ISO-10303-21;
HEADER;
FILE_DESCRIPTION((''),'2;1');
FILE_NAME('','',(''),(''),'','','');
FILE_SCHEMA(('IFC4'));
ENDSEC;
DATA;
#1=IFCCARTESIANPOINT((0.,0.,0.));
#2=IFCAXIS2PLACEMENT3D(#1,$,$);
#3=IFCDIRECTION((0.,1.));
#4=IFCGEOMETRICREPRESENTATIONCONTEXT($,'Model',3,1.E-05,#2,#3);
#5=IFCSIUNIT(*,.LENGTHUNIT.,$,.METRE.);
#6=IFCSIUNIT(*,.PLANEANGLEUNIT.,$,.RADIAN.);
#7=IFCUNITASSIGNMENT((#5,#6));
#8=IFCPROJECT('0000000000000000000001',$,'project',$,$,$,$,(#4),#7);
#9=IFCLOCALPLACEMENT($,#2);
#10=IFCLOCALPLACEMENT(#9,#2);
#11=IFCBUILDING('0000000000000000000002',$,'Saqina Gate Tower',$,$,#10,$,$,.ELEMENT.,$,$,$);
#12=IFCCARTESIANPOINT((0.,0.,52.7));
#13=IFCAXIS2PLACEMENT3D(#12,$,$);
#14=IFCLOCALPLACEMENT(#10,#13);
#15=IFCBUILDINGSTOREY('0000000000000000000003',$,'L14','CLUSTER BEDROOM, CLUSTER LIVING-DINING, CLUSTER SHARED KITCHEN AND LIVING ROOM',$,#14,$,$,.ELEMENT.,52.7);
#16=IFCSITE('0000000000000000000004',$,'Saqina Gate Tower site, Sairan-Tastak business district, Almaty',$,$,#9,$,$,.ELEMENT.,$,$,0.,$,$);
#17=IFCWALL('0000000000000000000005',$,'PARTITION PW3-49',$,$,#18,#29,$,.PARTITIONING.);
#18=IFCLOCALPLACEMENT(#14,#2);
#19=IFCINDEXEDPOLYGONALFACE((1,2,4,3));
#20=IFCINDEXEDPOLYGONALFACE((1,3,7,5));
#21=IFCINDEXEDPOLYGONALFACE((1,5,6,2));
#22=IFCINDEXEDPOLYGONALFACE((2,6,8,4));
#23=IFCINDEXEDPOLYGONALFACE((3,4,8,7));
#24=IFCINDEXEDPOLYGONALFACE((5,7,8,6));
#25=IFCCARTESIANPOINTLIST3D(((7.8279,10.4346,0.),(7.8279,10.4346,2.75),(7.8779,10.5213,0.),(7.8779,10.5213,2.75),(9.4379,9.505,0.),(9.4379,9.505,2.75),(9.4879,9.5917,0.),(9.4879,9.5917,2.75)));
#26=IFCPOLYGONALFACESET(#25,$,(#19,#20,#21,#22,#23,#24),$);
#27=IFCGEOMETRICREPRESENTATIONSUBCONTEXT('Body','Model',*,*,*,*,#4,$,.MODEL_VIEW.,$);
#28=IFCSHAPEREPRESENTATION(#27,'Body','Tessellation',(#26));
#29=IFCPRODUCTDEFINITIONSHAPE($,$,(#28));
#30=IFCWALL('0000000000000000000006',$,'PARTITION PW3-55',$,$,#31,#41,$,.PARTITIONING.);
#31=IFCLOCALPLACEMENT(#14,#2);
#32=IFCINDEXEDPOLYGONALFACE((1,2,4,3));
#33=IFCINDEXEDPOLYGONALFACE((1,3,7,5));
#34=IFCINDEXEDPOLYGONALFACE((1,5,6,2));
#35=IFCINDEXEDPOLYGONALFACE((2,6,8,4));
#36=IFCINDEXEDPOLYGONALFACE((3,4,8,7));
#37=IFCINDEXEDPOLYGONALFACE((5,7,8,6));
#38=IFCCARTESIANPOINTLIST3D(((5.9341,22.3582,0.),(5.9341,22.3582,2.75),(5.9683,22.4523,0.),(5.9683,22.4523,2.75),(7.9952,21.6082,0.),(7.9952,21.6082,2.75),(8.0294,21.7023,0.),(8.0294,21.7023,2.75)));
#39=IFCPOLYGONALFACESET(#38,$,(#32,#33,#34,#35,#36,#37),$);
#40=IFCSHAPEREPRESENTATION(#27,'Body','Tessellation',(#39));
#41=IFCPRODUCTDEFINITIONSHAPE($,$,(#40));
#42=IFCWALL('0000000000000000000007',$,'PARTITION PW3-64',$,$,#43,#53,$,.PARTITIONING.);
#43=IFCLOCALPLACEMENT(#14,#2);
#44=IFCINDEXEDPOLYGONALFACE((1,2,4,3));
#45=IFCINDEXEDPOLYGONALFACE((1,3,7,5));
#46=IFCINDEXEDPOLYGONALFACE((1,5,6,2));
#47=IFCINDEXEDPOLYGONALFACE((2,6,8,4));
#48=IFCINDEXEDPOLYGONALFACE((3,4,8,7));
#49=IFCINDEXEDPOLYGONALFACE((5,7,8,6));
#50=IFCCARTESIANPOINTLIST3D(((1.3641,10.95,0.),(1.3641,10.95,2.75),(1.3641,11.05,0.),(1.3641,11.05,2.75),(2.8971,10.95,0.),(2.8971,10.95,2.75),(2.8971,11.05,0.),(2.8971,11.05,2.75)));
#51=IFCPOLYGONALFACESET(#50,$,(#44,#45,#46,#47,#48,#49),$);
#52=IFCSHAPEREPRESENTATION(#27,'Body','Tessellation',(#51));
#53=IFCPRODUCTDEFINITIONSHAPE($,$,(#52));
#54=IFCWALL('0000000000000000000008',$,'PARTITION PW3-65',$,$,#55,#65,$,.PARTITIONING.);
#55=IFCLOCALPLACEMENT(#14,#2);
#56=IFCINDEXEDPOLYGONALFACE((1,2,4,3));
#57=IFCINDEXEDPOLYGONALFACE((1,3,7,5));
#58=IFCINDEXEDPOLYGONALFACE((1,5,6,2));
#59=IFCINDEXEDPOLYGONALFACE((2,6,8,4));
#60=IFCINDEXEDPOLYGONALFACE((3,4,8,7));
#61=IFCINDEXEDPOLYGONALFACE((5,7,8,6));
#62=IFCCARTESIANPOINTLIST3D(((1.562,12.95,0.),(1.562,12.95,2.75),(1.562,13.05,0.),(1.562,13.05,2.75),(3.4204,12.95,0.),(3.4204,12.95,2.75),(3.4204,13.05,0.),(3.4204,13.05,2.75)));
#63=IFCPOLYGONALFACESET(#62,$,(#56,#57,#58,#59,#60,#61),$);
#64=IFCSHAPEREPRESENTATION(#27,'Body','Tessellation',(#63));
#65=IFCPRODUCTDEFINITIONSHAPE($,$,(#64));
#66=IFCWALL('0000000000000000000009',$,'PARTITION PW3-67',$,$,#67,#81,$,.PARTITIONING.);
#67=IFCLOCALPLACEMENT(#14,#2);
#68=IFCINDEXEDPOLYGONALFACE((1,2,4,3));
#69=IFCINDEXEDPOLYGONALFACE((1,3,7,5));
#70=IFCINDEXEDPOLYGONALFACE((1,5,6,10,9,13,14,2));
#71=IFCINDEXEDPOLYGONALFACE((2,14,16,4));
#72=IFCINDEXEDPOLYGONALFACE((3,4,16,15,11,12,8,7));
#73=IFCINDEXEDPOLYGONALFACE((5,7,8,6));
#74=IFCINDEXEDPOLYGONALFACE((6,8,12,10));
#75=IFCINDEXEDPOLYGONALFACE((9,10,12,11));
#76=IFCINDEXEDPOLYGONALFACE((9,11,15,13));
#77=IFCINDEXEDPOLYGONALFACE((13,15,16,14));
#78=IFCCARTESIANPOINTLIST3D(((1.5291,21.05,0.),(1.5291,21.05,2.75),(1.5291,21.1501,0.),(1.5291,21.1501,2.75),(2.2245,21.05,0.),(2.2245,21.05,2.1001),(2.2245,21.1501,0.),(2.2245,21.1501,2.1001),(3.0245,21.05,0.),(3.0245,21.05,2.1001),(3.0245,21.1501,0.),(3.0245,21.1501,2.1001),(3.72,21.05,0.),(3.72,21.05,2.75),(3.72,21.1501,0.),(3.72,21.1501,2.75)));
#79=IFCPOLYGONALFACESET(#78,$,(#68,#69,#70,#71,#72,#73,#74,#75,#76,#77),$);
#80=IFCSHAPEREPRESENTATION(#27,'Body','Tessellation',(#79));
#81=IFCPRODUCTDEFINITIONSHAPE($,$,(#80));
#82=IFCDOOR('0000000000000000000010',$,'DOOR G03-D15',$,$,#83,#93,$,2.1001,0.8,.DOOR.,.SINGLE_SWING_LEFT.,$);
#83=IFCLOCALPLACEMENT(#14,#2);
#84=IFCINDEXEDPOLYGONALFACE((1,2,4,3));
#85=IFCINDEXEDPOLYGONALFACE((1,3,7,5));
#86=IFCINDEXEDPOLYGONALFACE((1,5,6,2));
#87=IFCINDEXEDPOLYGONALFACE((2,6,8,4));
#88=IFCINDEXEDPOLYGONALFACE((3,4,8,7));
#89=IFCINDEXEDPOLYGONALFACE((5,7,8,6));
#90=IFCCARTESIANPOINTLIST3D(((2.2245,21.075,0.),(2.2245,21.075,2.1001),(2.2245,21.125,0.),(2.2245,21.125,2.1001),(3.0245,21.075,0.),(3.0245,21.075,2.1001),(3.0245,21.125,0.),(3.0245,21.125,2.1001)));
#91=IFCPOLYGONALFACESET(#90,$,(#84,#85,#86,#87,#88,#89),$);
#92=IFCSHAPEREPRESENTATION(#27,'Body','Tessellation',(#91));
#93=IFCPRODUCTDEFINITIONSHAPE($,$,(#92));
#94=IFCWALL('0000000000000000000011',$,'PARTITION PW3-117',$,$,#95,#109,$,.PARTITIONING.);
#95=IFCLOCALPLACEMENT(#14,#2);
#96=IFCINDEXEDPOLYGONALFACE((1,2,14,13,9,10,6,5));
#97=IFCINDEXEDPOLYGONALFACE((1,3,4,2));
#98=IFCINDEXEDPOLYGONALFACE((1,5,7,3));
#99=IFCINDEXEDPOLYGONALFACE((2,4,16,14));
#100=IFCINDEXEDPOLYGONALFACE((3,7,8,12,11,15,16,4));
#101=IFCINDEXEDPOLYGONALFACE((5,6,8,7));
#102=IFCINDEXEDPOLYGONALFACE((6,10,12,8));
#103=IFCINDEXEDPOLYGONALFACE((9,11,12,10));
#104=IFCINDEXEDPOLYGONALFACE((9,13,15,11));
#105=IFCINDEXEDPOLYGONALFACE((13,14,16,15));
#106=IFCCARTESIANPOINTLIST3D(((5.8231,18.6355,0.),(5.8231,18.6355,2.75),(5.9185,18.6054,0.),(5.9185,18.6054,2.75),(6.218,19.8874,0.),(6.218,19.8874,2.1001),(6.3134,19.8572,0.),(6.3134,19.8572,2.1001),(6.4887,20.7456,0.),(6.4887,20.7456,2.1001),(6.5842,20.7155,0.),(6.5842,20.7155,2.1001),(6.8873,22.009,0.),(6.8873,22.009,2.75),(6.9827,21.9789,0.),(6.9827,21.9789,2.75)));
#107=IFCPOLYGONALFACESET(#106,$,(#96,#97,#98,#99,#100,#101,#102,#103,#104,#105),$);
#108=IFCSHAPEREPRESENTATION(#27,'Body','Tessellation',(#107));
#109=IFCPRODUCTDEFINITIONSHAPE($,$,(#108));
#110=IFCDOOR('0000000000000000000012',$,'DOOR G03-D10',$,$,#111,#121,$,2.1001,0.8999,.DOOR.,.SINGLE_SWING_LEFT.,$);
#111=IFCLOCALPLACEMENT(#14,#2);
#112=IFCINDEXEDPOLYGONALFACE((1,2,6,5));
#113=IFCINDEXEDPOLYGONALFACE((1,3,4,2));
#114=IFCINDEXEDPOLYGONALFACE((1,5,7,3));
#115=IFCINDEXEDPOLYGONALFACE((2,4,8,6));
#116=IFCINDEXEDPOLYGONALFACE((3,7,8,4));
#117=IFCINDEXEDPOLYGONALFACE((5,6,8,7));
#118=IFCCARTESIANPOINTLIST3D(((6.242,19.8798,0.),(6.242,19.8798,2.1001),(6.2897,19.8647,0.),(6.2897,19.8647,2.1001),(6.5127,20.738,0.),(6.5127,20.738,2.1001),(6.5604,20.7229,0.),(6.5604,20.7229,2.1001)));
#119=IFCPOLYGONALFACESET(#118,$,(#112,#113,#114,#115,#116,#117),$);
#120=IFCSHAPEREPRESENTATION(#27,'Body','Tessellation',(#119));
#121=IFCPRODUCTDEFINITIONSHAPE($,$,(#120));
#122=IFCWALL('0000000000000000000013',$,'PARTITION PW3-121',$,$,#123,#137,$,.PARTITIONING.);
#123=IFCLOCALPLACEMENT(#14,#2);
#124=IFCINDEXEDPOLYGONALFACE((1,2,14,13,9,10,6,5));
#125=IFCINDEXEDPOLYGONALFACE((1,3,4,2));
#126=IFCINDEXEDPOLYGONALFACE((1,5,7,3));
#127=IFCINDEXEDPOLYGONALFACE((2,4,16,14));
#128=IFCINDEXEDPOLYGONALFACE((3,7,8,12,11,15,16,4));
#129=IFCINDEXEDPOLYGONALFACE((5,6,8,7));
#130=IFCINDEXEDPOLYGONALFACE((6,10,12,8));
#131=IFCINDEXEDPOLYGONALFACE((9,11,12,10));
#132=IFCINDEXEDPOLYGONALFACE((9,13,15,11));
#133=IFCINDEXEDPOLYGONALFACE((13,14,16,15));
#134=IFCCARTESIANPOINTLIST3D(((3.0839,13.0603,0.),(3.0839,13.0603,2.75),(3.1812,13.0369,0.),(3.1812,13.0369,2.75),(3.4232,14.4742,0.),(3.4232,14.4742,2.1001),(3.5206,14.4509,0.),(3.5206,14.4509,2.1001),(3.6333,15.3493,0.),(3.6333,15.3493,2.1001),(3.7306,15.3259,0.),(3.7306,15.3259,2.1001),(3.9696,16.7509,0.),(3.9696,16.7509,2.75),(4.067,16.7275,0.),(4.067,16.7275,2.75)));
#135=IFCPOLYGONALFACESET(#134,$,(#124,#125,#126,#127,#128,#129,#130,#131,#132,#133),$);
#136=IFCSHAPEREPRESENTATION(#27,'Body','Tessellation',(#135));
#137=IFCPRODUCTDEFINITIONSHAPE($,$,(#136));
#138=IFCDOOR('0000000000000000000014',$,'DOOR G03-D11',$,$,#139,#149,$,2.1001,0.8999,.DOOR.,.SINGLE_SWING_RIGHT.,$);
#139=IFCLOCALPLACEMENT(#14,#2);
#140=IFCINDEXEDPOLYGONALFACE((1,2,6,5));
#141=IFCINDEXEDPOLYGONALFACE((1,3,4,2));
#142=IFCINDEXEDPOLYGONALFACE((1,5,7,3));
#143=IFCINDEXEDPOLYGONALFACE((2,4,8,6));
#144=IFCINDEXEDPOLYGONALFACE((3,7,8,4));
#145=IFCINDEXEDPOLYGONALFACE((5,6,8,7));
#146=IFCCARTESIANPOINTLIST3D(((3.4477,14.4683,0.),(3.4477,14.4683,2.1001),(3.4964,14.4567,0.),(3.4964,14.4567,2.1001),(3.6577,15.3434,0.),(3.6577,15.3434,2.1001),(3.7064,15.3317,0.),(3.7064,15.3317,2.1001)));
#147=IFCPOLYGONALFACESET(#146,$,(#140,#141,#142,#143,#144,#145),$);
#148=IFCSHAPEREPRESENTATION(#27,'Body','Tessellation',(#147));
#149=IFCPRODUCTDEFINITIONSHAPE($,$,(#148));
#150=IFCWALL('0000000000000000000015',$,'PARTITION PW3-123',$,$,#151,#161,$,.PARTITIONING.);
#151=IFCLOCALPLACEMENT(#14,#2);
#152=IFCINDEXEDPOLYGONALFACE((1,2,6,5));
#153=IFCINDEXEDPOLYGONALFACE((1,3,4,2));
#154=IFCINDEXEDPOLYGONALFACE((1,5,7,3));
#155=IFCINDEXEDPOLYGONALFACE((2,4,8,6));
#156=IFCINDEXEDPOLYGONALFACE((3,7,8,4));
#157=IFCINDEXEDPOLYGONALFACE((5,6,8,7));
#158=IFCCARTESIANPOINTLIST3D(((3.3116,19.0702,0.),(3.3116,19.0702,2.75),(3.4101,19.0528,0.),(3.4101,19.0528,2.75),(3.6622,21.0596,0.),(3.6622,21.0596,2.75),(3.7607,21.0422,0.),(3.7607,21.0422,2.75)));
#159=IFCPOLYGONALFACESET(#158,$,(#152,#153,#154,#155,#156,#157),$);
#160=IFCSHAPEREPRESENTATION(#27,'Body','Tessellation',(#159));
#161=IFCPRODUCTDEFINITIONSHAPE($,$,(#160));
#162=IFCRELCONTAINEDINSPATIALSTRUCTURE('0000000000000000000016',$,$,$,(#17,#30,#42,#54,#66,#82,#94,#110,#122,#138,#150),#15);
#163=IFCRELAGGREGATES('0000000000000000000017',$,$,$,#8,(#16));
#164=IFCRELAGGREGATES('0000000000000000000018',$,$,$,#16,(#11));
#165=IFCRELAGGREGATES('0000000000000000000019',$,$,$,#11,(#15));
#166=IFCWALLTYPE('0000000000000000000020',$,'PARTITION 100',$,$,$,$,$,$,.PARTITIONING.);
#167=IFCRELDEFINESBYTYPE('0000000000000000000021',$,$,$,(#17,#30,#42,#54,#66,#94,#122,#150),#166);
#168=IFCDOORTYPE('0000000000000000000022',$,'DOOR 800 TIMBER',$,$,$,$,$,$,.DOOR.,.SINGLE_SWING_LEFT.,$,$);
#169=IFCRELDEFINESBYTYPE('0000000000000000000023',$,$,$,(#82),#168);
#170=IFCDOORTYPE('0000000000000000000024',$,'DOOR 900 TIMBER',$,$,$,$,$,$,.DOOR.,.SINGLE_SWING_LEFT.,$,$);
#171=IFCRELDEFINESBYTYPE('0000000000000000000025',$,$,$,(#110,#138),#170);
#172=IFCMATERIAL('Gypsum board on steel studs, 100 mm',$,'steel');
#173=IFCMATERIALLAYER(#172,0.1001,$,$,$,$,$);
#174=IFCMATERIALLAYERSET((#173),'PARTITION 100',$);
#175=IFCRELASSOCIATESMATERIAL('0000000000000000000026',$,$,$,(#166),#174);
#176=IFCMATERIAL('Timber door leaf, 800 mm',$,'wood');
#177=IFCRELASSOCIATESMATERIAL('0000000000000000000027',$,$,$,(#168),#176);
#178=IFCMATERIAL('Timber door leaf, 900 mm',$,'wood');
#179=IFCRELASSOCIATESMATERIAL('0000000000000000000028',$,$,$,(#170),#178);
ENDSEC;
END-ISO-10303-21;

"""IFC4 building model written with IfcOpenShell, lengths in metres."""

from ifc_helpers import new_model, si_unit, direction, frame, frame_2d, origin, place, context, subcontext, project, spatial, rectangle, extrude, material, layer, layer_set, type_object, element, fill, save


model = new_model("IFC4")

# Units and contexts
model_context = context("Model", 3, precision=1e-05, world=origin(), true_north=direction((0.0, 1.0)))
body_context = subcontext(model_context, "Body", "Model", "MODEL_VIEW")
ifc_project = project(units=[si_unit("LENGTHUNIT", "METRE"), si_unit("PLANEANGLEUNIT", "RADIAN")], contexts=[model_context])

# Site, building, storey
site_placement = place(None, origin())
site = spatial("IfcSite", under=ifc_project, at=site_placement, Name="Saqina Gate Tower site, Sairan-Tastak business district, Almaty", CompositionType="ELEMENT", RefElevation=0.0)
building_placement = place(site_placement, origin())
building = spatial("IfcBuilding", under=site, at=building_placement, Name="Saqina Gate Tower", CompositionType="ELEMENT")
storey_placement = place(building_placement, frame((0.0, 0.0, 52.7)))
storey = spatial("IfcBuildingStorey", under=building, at=storey_placement, Name="L14", Description="CLUSTER BEDROOM, CLUSTER LIVING-DINING, CLUSTER SHARED KITCHEN AND LIVING ROOM", CompositionType="ELEMENT", Elevation=52.7)

# Walls
ifc_material_1 = material(Name="Gypsum board on steel studs, 100 mm", Category="steel")
ifc_layer_1 = layer(ifc_material_1, 0.1001)
ifc_layer_set_1 = layer_set([ifc_layer_1], Name="PARTITION 100")
wall_type_1 = type_object("IfcWallType", Name="PARTITION 100", PredefinedType="PARTITIONING", material=ifc_layer_set_1)
wall_1_placement = place(storey_placement, frame((7.8528, 10.478, 0.0), z_axis=(0.0, 0.0, 1.0), x_axis=(0.866004, -0.500037, 0.0)))
element("IfcWall", 1, at=wall_1_placement, inside=storey, type_object=wall_type_1, Name="PARTITION PW3-49", PredefinedType="PARTITIONING", context=body_context, shape_type="SweptSolid", body=[
    extrude(rectangle(XDim=1.8591, YDim=0.1001, at=frame_2d((0.9297, 0.0))), origin(), (0.0, 0.0, 1.0), 2.75),
])
wall_2_placement = place(storey_placement, frame((5.9512, 22.4053, 0.0), z_axis=(0.0, 0.0, 1.0), x_axis=(0.939715, -0.341958, 0.0)))
element("IfcWall", 2, at=wall_2_placement, inside=storey, type_object=wall_type_1, Name="PARTITION PW3-55", PredefinedType="PARTITIONING", context=body_context, shape_type="SweptSolid", body=[
    extrude(rectangle(XDim=2.1934, YDim=0.1001, at=frame_2d((1.0967, 0.0))), origin(), (0.0, 0.0, 1.0), 2.75),
])
wall_3_placement = place(storey_placement, frame((1.364, 11.0, 0.0), z_axis=(0.0, 0.0, 1.0), x_axis=(1.0, 0.0, 0.0)))
element("IfcWall", 3, at=wall_3_placement, inside=storey, type_object=wall_type_1, Name="PARTITION PW3-64", PredefinedType="PARTITIONING", context=body_context, shape_type="SweptSolid", body=[
    extrude(rectangle(XDim=1.533, YDim=0.1001, at=frame_2d((0.7666, 0.0))), origin(), (0.0, 0.0, 1.0), 2.75),
])
wall_4_placement = place(storey_placement, frame((1.562, 13.0, 0.0), z_axis=(0.0, 0.0, 1.0), x_axis=(1.0, 0.0, 0.0)))
element("IfcWall", 4, at=wall_4_placement, inside=storey, type_object=wall_type_1, Name="PARTITION PW3-65", PredefinedType="PARTITIONING", context=body_context, shape_type="SweptSolid", body=[
    extrude(rectangle(XDim=1.8584, YDim=0.1001, at=frame_2d((0.9292, 0.0))), origin(), (0.0, 0.0, 1.0), 2.75),
])

# Walls, openings, doors
wall_5_placement = place(storey_placement, frame((1.5291, 21.1001, 0.0), z_axis=(0.0, 0.0, 1.0), x_axis=(1.0, 0.0, 0.0)))
wall_5 = element("IfcWall", 5, at=wall_5_placement, inside=storey, type_object=wall_type_1, Name="PARTITION PW3-67", PredefinedType="PARTITIONING", context=body_context, shape_type="SweptSolid", body=[
    extrude(rectangle(XDim=2.1909, YDim=0.1001, at=frame_2d((1.0955, 0.0))), origin(), (0.0, 0.0, 1.0), 2.75),
])
opening_1_placement = place(wall_5_placement, frame((0.6956, 0.0, 0.0)))
opening_1 = element("IfcOpeningElement", 6, at=opening_1_placement, cuts=wall_5, PredefinedType="OPENING", context=body_context, shape_type="SweptSolid", body=[
    extrude(rectangle(XDim=0.8, YDim=2.1001, at=frame_2d((0.3999, 1.05))), frame((0.0, 0.062, 0.0), z_axis=(0.0, -1.0, 0.0), x_axis=(1.0, 0.0, 0.0)), (0.0, 0.0, 1.0), 0.124),
])
ifc_material_2 = material(Name="Timber door leaf, 800 mm", Category="wood")
door_type_1 = type_object("IfcDoorType", Name="DOOR 800 TIMBER", OperationType="SINGLE_SWING_LEFT", PredefinedType="DOOR", material=ifc_material_2)
door_1_placement = place(opening_1_placement, origin())
door_1 = element("IfcDoor", 7, at=door_1_placement, inside=storey, type_object=door_type_1, Name="DOOR G03-D15", OperationType="SINGLE_SWING_LEFT", OverallHeight=2.1001, OverallWidth=0.8, PredefinedType="DOOR", context=body_context, shape_type="SweptSolid", body=[
    extrude(rectangle(XDim=0.8, YDim=2.1001, at=frame_2d((0.3999, 1.05))), frame((0.0, 0.0249, 0.0), z_axis=(0.0, -1.0, 0.0), x_axis=(1.0, 0.0, 0.0)), (0.0, 0.0, 1.0), 0.05),
])
fill(opening_1, door_1)
wall_6_placement = place(storey_placement, frame((5.8708, 18.6206, 0.0), z_axis=(0.0, 0.0, 1.0), x_axis=(0.300844, 0.953673, 0.0)))
wall_6 = element("IfcWall", 8, at=wall_6_placement, inside=storey, type_object=wall_type_1, Name="PARTITION PW3-117", PredefinedType="PARTITIONING", context=body_context, shape_type="SweptSolid", body=[
    extrude(rectangle(XDim=3.5374, YDim=0.1001, at=frame_2d((1.7686, 0.0))), origin(), (0.0, 0.0, 1.0), 2.75),
])
opening_2_placement = place(wall_6_placement, frame((1.3125, 0.0, 0.0)))
opening_2 = element("IfcOpeningElement", 9, at=opening_2_placement, cuts=wall_6, PredefinedType="OPENING", context=body_context, shape_type="SweptSolid", body=[
    extrude(rectangle(XDim=0.8999, YDim=2.1001, at=frame_2d((0.45, 1.05))), frame((0.0, 0.062, 0.0), z_axis=(0.0, -1.0, 0.0), x_axis=(1.0, 0.0, 0.0)), (0.0, 0.0, 1.0), 0.124),
])
ifc_material_3 = material(Name="Timber door leaf, 900 mm", Category="wood")
door_type_2 = type_object("IfcDoorType", Name="DOOR 900 TIMBER", OperationType="SINGLE_SWING_LEFT", PredefinedType="DOOR", material=ifc_material_3)
door_2_placement = place(opening_2_placement, origin())
door_2 = element("IfcDoor", 10, at=door_2_placement, inside=storey, type_object=door_type_2, Name="DOOR G03-D10", OperationType="SINGLE_SWING_LEFT", OverallHeight=2.1001, OverallWidth=0.8999, PredefinedType="DOOR", context=body_context, shape_type="SweptSolid", body=[
    extrude(rectangle(XDim=0.8999, YDim=2.1001, at=frame_2d((0.45, 1.05))), frame((0.0, 0.0249, 0.0), z_axis=(0.0, -1.0, 0.0), x_axis=(1.0, 0.0, 0.0)), (0.0, 0.0, 1.0), 0.05),
])
fill(opening_2, door_2)
wall_7_placement = place(storey_placement, frame((3.1326, 13.0486, 0.0), z_axis=(0.0, 0.0, 1.0), x_axis=(0.233368, 0.972388, 0.0)))
wall_7 = element("IfcWall", 11, at=wall_7_placement, inside=storey, type_object=wall_type_1, Name="PARTITION PW3-121", PredefinedType="PARTITIONING", context=body_context, shape_type="SweptSolid", body=[
    extrude(rectangle(XDim=3.7954, YDim=0.1001, at=frame_2d((1.8977, 0.0))), origin(), (0.0, 0.0, 1.0), 2.75),
])
opening_3_placement = place(wall_7_placement, frame((1.4541, 0.0, 0.0)))
opening_3 = element("IfcOpeningElement", 12, at=opening_3_placement, cuts=wall_7, PredefinedType="OPENING", context=body_context, shape_type="SweptSolid", body=[
    extrude(rectangle(XDim=0.8999, YDim=2.1001, at=frame_2d((0.45, 1.05))), frame((0.0, 0.062, 0.0), z_axis=(0.0, -1.0, 0.0), x_axis=(1.0, 0.0, 0.0)), (0.0, 0.0, 1.0), 0.124),
])
door_3_placement = place(opening_3_placement, origin())
door_3 = element("IfcDoor", 13, at=door_3_placement, inside=storey, type_object=door_type_2, Name="DOOR G03-D11", OperationType="SINGLE_SWING_RIGHT", OverallHeight=2.1001, OverallWidth=0.8999, PredefinedType="DOOR", context=body_context, shape_type="SweptSolid", body=[
    extrude(rectangle(XDim=0.8999, YDim=2.1001, at=frame_2d((0.45, 1.05))), frame((0.0, 0.0249, 0.0), z_axis=(0.0, -1.0, 0.0), x_axis=(1.0, 0.0, 0.0)), (0.0, 0.0, 1.0), 0.05),
])
fill(opening_3, door_3)

# Wall
wall_8_placement = place(storey_placement, frame((3.3608, 19.0615, 0.0), z_axis=(0.0, 0.0, 1.0), x_axis=(0.173565, 0.984822, 0.0)))
element("IfcWall", 14, at=wall_8_placement, inside=storey, type_object=wall_type_1, Name="PARTITION PW3-123", PredefinedType="PARTITIONING", context=body_context, shape_type="SweptSolid", body=[
    extrude(rectangle(XDim=2.02, YDim=0.1001, at=frame_2d((1.01, 0.0))), origin(), (0.0, 0.0, 1.0), 2.75),
])

save(model, "model.ifc")
